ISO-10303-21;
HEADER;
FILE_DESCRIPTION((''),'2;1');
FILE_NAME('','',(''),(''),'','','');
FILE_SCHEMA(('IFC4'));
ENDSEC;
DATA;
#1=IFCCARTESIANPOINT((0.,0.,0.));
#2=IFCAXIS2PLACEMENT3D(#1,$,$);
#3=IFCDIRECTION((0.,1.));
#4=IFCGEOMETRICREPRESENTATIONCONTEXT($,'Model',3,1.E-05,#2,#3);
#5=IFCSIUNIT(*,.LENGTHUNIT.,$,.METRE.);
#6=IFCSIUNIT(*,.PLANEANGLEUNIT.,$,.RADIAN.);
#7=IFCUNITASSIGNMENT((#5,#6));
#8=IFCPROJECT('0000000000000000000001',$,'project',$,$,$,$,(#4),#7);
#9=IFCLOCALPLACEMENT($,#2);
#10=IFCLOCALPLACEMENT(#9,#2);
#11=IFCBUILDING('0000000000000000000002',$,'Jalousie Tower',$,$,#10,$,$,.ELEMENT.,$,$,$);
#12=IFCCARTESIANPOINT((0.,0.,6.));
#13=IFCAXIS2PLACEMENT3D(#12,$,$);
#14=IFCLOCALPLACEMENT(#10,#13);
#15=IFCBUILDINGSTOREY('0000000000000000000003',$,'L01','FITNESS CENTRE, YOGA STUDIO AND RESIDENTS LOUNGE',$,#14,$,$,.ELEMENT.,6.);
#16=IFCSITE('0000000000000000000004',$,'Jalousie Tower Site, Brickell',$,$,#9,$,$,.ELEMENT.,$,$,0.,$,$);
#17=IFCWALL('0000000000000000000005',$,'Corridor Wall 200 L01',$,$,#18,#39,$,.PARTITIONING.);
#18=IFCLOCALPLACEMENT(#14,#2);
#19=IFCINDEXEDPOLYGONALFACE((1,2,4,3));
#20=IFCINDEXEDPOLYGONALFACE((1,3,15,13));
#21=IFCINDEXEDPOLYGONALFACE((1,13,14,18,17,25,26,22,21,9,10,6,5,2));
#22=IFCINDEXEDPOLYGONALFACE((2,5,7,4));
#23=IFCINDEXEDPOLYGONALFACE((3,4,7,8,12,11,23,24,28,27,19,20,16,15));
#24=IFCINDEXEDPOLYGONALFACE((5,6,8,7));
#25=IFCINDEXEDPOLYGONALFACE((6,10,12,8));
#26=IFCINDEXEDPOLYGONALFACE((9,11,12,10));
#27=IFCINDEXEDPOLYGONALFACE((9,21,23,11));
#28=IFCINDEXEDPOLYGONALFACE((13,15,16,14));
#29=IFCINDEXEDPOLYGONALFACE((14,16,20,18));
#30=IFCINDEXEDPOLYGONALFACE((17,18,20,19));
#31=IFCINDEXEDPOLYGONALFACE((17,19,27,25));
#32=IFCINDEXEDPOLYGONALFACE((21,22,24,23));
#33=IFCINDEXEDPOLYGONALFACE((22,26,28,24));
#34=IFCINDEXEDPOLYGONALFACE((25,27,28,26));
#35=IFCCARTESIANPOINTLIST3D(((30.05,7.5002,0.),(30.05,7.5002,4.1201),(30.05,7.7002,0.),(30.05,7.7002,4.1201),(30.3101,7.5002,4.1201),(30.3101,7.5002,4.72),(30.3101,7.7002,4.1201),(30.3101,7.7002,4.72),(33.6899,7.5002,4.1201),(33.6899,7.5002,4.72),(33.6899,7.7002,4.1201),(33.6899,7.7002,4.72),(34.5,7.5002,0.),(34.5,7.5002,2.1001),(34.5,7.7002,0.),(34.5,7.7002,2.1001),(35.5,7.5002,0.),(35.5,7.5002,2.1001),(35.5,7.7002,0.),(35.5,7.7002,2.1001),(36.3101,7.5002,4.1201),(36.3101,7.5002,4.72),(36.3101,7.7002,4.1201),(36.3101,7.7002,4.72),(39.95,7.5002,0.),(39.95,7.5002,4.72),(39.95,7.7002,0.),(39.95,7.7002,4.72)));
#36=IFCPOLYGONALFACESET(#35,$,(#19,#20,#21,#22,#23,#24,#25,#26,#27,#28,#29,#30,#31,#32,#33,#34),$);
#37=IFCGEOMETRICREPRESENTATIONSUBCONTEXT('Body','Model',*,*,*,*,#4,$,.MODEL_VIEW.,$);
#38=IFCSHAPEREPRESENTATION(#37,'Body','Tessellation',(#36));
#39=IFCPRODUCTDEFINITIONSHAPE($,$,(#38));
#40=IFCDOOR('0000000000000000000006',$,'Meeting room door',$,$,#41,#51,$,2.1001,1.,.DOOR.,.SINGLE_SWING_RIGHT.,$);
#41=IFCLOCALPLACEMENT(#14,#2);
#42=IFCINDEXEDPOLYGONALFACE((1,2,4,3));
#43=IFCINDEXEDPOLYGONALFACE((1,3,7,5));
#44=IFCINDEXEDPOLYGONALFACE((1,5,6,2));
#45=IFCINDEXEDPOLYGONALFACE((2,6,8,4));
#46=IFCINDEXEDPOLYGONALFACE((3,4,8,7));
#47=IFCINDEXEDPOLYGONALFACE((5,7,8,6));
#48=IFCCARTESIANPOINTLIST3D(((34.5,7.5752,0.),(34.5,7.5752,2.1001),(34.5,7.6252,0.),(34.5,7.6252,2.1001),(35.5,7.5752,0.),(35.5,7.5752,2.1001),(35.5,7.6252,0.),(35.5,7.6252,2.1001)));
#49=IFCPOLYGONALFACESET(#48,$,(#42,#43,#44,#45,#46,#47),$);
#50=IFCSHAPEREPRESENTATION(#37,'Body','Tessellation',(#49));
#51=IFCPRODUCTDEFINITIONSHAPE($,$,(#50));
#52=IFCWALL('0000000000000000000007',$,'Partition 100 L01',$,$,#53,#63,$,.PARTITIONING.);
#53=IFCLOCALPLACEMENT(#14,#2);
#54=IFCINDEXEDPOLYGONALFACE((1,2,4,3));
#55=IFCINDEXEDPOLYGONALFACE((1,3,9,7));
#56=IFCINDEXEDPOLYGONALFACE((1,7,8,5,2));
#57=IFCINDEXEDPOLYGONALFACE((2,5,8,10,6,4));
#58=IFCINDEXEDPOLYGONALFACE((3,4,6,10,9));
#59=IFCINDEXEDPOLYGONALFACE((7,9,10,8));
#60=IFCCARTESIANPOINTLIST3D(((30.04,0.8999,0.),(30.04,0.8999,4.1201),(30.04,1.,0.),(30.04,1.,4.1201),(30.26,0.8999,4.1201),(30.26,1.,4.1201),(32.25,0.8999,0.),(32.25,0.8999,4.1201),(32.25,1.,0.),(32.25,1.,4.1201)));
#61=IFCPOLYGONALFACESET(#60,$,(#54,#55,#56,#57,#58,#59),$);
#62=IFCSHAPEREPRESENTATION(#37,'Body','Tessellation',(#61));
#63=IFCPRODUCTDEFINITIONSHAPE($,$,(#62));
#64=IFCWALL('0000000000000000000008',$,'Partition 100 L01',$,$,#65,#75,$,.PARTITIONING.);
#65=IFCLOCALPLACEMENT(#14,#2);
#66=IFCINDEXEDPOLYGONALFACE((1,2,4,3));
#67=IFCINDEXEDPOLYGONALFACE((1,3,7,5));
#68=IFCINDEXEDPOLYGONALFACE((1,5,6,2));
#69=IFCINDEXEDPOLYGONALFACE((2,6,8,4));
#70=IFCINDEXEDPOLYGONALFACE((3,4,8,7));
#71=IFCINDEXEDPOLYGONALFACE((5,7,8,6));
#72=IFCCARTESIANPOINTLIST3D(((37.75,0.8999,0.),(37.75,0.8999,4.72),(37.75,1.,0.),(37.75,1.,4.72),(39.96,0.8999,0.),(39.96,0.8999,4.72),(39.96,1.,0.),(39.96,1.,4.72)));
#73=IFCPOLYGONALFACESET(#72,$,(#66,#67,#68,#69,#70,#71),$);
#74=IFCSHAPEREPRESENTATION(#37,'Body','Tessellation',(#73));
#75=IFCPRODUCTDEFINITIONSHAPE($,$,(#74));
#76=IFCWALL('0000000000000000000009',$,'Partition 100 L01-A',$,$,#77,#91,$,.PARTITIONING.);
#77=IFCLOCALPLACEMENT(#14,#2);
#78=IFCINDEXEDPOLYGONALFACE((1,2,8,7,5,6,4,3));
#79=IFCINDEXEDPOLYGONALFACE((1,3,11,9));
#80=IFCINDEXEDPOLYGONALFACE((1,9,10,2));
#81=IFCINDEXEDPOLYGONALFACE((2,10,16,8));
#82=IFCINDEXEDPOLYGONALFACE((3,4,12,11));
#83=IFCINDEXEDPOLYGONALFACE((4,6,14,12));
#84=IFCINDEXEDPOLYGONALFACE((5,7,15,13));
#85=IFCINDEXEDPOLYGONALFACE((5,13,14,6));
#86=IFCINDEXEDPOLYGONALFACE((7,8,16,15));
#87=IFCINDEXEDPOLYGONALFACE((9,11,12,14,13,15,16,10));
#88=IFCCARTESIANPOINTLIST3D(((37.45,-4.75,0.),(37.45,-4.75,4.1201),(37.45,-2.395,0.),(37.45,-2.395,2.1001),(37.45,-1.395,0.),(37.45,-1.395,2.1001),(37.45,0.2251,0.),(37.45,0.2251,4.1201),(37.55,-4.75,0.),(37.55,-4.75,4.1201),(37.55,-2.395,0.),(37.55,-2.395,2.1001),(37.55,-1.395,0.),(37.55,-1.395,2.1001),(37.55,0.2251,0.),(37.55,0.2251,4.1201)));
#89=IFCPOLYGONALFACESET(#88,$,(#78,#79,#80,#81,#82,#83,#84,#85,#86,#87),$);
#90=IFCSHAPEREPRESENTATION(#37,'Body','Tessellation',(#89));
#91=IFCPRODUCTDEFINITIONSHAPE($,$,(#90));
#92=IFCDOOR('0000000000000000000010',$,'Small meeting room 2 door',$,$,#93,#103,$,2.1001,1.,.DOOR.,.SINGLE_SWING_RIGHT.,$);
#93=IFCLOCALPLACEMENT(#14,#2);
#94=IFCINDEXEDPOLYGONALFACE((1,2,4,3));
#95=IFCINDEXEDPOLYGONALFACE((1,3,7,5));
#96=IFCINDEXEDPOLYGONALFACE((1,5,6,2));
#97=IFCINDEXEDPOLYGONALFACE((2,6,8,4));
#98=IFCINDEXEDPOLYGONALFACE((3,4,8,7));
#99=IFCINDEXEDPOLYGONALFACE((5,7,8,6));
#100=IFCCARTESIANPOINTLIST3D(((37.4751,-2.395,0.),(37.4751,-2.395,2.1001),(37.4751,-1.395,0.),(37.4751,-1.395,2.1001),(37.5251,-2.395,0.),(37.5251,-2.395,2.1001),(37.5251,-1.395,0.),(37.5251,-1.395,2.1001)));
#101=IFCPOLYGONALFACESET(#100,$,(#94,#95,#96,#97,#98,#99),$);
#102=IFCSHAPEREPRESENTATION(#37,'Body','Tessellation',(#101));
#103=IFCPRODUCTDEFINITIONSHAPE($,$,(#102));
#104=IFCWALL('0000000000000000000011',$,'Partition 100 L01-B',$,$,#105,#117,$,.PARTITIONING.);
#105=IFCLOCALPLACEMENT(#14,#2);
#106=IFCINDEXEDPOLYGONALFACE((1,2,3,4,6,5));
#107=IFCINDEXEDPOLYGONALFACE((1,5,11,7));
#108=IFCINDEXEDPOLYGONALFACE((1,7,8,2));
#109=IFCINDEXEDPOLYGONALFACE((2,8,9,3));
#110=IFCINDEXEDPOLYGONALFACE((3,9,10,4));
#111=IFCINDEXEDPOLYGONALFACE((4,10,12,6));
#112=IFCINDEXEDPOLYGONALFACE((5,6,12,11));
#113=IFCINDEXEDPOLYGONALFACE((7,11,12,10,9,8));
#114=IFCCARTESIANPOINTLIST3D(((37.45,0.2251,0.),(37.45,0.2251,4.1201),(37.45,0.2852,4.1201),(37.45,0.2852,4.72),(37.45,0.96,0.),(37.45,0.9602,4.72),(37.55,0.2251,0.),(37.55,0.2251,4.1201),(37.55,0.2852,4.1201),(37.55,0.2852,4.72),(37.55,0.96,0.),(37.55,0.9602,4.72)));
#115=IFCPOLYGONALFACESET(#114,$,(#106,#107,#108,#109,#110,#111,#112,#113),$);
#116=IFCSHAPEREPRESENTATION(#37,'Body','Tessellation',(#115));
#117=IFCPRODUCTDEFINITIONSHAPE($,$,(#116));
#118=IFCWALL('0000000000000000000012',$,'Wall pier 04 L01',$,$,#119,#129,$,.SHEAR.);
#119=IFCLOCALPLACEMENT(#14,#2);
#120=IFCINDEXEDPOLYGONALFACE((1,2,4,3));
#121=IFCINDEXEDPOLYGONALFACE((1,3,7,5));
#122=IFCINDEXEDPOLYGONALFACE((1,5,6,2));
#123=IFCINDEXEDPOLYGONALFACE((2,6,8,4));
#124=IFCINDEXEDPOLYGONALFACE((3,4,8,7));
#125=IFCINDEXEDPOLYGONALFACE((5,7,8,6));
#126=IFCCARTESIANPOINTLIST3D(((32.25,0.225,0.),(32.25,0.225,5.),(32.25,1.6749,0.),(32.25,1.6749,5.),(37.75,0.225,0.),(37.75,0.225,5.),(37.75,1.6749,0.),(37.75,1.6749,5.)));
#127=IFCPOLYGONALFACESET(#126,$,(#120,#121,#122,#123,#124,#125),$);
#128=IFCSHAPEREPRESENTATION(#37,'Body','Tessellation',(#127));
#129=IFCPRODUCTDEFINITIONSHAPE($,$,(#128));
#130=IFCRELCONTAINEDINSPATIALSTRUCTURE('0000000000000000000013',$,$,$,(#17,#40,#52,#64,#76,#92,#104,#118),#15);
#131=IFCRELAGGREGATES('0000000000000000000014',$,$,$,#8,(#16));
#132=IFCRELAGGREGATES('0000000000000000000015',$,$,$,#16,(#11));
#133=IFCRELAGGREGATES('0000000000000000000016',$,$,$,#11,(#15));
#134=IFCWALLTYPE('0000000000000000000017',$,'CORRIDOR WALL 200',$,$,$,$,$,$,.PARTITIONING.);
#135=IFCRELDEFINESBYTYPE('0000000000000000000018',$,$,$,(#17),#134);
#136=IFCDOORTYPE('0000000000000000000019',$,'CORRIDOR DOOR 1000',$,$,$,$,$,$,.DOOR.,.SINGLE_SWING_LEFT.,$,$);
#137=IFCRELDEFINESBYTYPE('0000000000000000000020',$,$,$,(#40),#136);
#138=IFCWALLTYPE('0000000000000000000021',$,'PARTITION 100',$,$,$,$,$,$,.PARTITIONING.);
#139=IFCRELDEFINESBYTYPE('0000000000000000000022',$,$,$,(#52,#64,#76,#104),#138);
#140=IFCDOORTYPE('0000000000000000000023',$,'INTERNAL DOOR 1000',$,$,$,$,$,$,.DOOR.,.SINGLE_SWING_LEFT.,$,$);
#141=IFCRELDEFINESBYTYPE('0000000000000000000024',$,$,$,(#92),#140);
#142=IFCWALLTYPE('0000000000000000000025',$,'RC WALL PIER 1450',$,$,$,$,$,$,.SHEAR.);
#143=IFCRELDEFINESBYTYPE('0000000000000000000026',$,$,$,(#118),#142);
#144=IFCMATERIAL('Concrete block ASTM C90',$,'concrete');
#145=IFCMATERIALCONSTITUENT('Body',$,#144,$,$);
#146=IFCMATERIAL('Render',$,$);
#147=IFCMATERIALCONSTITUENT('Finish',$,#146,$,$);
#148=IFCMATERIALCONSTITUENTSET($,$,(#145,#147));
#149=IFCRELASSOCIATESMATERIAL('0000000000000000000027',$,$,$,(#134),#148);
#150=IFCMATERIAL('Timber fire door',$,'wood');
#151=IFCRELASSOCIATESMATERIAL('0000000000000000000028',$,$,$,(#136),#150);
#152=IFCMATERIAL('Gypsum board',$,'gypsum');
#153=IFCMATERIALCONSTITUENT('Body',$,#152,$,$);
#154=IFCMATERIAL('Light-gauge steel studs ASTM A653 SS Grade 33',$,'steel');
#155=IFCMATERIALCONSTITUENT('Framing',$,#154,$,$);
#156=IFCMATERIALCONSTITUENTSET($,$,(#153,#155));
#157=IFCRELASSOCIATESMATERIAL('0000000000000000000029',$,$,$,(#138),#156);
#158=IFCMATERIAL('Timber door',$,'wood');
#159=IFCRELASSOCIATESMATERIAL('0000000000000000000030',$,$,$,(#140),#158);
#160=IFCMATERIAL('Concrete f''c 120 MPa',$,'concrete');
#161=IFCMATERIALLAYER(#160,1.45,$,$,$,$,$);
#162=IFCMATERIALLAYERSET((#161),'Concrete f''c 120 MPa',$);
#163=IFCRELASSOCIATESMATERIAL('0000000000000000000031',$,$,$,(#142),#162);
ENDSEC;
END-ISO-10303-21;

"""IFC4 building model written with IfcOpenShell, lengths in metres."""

from ifc_helpers import new_model, si_unit, direction, frame, frame_2d, origin, place, context, subcontext, project, spatial, polyline, rectangle, outline, extrude, material, layer, layer_set, constituent, constituent_set, type_object, element, fill, save


model = new_model("IFC4")

# Units and contexts
model_context = context("Model", 3, precision=1e-05, world=origin(), true_north=direction((0.0, 1.0)))
body_context = subcontext(model_context, "Body", "Model", "MODEL_VIEW")
ifc_project = project(units=[si_unit("LENGTHUNIT", "METRE"), si_unit("PLANEANGLEUNIT", "RADIAN")], contexts=[model_context])

# Site, building, storey
site_placement = place(None, origin())
site = spatial("IfcSite", under=ifc_project, at=site_placement, Name="Jalousie Tower Site, Brickell", CompositionType="ELEMENT", RefElevation=0.0)
building_placement = place(site_placement, origin())
building = spatial("IfcBuilding", under=site, at=building_placement, Name="Jalousie Tower", CompositionType="ELEMENT")
storey_placement = place(building_placement, frame((0.0, 0.0, 6.0)))
storey = spatial("IfcBuildingStorey", under=building, at=storey_placement, Name="L01", Description="FITNESS CENTRE, YOGA STUDIO AND RESIDENTS LOUNGE", CompositionType="ELEMENT", Elevation=6.0)

# Wall, opening, door
ifc_material_1 = material(Name="Concrete block ASTM C90", Category="concrete")
ifc_constituent_1 = constituent(ifc_material_1, Name="Body")
ifc_material_2 = material(Name="Render")
ifc_constituent_2 = constituent(ifc_material_2, Name="Finish")
ifc_constituent_set_1 = constituent_set(constituents=[ifc_constituent_1, ifc_constituent_2])
wall_type_1 = type_object("IfcWallType", Name="CORRIDOR WALL 200", PredefinedType="PARTITIONING", material=ifc_constituent_set_1)
wall_1_placement = place(storey_placement, frame((30.05, 7.6001, 0.0), z_axis=(0.0, 0.0, 1.0), x_axis=(1.0, 0.0, 0.0)))
wall_1 = element("IfcWall", 1, at=wall_1_placement, inside=storey, type_object=wall_type_1, Name="Corridor Wall 200 L01", PredefinedType="PARTITIONING", context=body_context, shape_type="SweptSolid", body=[
    extrude(outline(polyline([(0.0, 0.0), (9.8999, 0.0), (9.8999, 4.72), (6.26, 4.72), (6.26, 4.1201), (3.6399, 4.1201), (3.6399, 4.72), (0.26, 4.72), (0.26, 4.1201), (0.0, 4.1201), (0.0, 4.72), (0.0, 0.0)])), frame((0.0, 0.1001, 0.0), z_axis=(0.0, -1.0, 0.0), x_axis=(1.0, 0.0, 0.0)), (0.0, 0.0, 1.0), 0.2),
])
opening_1_placement = place(wall_1_placement, frame((4.45, 0.0, 0.0)))
opening_1 = element("IfcOpeningElement", 2, at=opening_1_placement, cuts=wall_1, PredefinedType="OPENING", context=body_context, shape_type="SweptSolid", body=[
    extrude(rectangle(XDim=1.0, YDim=2.1001, at=frame_2d((0.5, 1.05))), frame((0.0, 0.1099, 0.0), z_axis=(0.0, -1.0, 0.0), x_axis=(1.0, 0.0, 0.0)), (0.0, 0.0, 1.0), 0.22),
])
ifc_material_3 = material(Name="Timber fire door", Category="wood")
door_type_1 = type_object("IfcDoorType", Name="CORRIDOR DOOR 1000", OperationType="SINGLE_SWING_LEFT", PredefinedType="DOOR", material=ifc_material_3)
door_1_placement = place(opening_1_placement, frame((1.0, 0.0, 0.0), z_axis=(0.0, 0.0, 1.0), x_axis=(-1.0, 0.0, 0.0)))
door_1 = element("IfcDoor", 3, at=door_1_placement, inside=storey, type_object=door_type_1, Name="Meeting room door", OperationType="SINGLE_SWING_RIGHT", OverallHeight=2.1001, OverallWidth=1.0, PredefinedType="DOOR", context=body_context, shape_type="SweptSolid", body=[
    extrude(rectangle(XDim=1.0, YDim=2.1001, at=frame_2d((0.5, 1.05))), frame((0.0, 0.0249, 0.0), z_axis=(0.0, -1.0, 0.0), x_axis=(1.0, 0.0, 0.0)), (0.0, 0.0, 1.0), 0.05),
])
fill(opening_1, door_1)

# Walls
ifc_material_4 = material(Name="Gypsum board", Category="gypsum")
ifc_constituent_3 = constituent(ifc_material_4, Name="Body")
ifc_material_5 = material(Name="Light-gauge steel studs ASTM A653 SS Grade 33", Category="steel")
ifc_constituent_4 = constituent(ifc_material_5, Name="Framing")
ifc_constituent_set_2 = constituent_set(constituents=[ifc_constituent_3, ifc_constituent_4])
wall_type_2 = type_object("IfcWallType", Name="PARTITION 100", PredefinedType="PARTITIONING", material=ifc_constituent_set_2)
wall_2_placement = place(storey_placement, frame((30.04, 0.95, 0.0), z_axis=(0.0, 0.0, 1.0), x_axis=(1.0, 0.0, 0.0)))
element("IfcWall", 4, at=wall_2_placement, inside=storey, type_object=wall_type_2, Name="Partition 100 L01", PredefinedType="PARTITIONING", context=body_context, shape_type="SweptSolid", body=[
    extrude(outline(polyline([(0.0, 0.0), (2.21, 0.0), (2.21, 4.72), (2.21, 4.1201), (0.22, 4.1201), (0.0, 4.1201), (0.0, 4.72), (0.0, 0.0)])), frame((0.0, 0.05, 0.0), z_axis=(0.0, -1.0, 0.0), x_axis=(1.0, 0.0, 0.0)), (0.0, 0.0, 1.0), 0.1001),
])
wall_3_placement = place(storey_placement, frame((37.75, 0.95, 0.0), z_axis=(0.0, 0.0, 1.0), x_axis=(1.0, 0.0, 0.0)))
element("IfcWall", 5, at=wall_3_placement, inside=storey, type_object=wall_type_2, Name="Partition 100 L01", PredefinedType="PARTITIONING", context=body_context, shape_type="SweptSolid", body=[
    extrude(rectangle(XDim=2.21, YDim=0.1001, at=frame_2d((1.105, 0.0))), origin(), (0.0, 0.0, 1.0), 4.72),
])

# Wall, opening, door
wall_4_placement = place(storey_placement, frame((37.5, -4.75, 0.0), z_axis=(0.0, 0.0, 1.0), x_axis=(0.0, 1.0, 0.0)))
wall_4 = element("IfcWall", 6, at=wall_4_placement, inside=storey, type_object=wall_type_2, Name="Partition 100 L01-A", PredefinedType="PARTITIONING", context=body_context, shape_type="SweptSolid", body=[
    extrude(rectangle(XDim=4.9751, YDim=0.1001, at=frame_2d((2.4875, 0.0))), origin(), (0.0, 0.0, 1.0), 4.1201),
])
opening_2_placement = place(wall_4_placement, frame((2.355, 0.0, 0.0)))
opening_2 = element("IfcOpeningElement", 7, at=opening_2_placement, cuts=wall_4, PredefinedType="OPENING", context=body_context, shape_type="SweptSolid", body=[
    extrude(rectangle(XDim=1.0, YDim=2.1001, at=frame_2d((0.5, 1.05))), frame((0.0, 0.0601, 0.0), z_axis=(0.0, -1.0, 0.0), x_axis=(1.0, 0.0, 0.0)), (0.0, 0.0, 1.0), 0.1201),
])
ifc_material_6 = material(Name="Timber door", Category="wood")
door_type_2 = type_object("IfcDoorType", Name="INTERNAL DOOR 1000", OperationType="SINGLE_SWING_LEFT", PredefinedType="DOOR", material=ifc_material_6)
door_2_placement = place(opening_2_placement, origin())
door_2 = element("IfcDoor", 8, at=door_2_placement, inside=storey, type_object=door_type_2, Name="Small meeting room 2 door", OperationType="SINGLE_SWING_RIGHT", OverallHeight=2.1001, OverallWidth=1.0, PredefinedType="DOOR", context=body_context, shape_type="SweptSolid", body=[
    extrude(rectangle(XDim=1.0, YDim=2.1001, at=frame_2d((0.5, 1.05))), frame((0.0, 0.0249, 0.0), z_axis=(0.0, -1.0, 0.0), x_axis=(1.0, 0.0, 0.0)), (0.0, 0.0, 1.0), 0.05),
])
fill(opening_2, door_2)

# Walls
wall_5_placement = place(storey_placement, frame((37.5, 0.2251, 0.0), z_axis=(0.0, 0.0, 1.0), x_axis=(0.0, 1.0, 0.0)))
element("IfcWall", 9, at=wall_5_placement, inside=storey, type_object=wall_type_2, Name="Partition 100 L01-B", PredefinedType="PARTITIONING", context=body_context, shape_type="SweptSolid", body=[
    extrude(outline(polyline([(0.0, 0.0), (0.7349, 0.0), (0.7351, 4.72), (0.0601, 4.72), (0.0601, 4.1201), (0.0, 4.1201), (0.0, 0.0)])), frame((0.0, 0.05, 0.0), z_axis=(0.0, -1.0, 0.0), x_axis=(1.0, 0.0, 0.0)), (0.0, 0.0, 1.0), 0.1001),
])
ifc_material_7 = material(Name="Concrete f'c 120 MPa", Category="concrete")
ifc_layer_1 = layer(ifc_material_7, 1.45)
ifc_layer_set_1 = layer_set([ifc_layer_1], Name="Concrete f'c 120 MPa")
wall_type_3 = type_object("IfcWallType", Name="RC WALL PIER 1450", PredefinedType="SHEAR", material=ifc_layer_set_1)
wall_6_placement = place(storey_placement, frame((32.25, 0.95, 0.0), z_axis=(0.0, 0.0, 1.0), x_axis=(1.0, 0.0, 0.0)))
element("IfcWall", 10, at=wall_6_placement, inside=storey, type_object=wall_type_3, Name="Wall pier 04 L01", PredefinedType="SHEAR", context=body_context, shape_type="SweptSolid", body=[
    extrude(rectangle(XDim=5.5, YDim=1.45, at=frame_2d((2.75, 0.0))), origin(), (0.0, 0.0, 1.0), 5.0),
])

save(model, "model.ifc")
